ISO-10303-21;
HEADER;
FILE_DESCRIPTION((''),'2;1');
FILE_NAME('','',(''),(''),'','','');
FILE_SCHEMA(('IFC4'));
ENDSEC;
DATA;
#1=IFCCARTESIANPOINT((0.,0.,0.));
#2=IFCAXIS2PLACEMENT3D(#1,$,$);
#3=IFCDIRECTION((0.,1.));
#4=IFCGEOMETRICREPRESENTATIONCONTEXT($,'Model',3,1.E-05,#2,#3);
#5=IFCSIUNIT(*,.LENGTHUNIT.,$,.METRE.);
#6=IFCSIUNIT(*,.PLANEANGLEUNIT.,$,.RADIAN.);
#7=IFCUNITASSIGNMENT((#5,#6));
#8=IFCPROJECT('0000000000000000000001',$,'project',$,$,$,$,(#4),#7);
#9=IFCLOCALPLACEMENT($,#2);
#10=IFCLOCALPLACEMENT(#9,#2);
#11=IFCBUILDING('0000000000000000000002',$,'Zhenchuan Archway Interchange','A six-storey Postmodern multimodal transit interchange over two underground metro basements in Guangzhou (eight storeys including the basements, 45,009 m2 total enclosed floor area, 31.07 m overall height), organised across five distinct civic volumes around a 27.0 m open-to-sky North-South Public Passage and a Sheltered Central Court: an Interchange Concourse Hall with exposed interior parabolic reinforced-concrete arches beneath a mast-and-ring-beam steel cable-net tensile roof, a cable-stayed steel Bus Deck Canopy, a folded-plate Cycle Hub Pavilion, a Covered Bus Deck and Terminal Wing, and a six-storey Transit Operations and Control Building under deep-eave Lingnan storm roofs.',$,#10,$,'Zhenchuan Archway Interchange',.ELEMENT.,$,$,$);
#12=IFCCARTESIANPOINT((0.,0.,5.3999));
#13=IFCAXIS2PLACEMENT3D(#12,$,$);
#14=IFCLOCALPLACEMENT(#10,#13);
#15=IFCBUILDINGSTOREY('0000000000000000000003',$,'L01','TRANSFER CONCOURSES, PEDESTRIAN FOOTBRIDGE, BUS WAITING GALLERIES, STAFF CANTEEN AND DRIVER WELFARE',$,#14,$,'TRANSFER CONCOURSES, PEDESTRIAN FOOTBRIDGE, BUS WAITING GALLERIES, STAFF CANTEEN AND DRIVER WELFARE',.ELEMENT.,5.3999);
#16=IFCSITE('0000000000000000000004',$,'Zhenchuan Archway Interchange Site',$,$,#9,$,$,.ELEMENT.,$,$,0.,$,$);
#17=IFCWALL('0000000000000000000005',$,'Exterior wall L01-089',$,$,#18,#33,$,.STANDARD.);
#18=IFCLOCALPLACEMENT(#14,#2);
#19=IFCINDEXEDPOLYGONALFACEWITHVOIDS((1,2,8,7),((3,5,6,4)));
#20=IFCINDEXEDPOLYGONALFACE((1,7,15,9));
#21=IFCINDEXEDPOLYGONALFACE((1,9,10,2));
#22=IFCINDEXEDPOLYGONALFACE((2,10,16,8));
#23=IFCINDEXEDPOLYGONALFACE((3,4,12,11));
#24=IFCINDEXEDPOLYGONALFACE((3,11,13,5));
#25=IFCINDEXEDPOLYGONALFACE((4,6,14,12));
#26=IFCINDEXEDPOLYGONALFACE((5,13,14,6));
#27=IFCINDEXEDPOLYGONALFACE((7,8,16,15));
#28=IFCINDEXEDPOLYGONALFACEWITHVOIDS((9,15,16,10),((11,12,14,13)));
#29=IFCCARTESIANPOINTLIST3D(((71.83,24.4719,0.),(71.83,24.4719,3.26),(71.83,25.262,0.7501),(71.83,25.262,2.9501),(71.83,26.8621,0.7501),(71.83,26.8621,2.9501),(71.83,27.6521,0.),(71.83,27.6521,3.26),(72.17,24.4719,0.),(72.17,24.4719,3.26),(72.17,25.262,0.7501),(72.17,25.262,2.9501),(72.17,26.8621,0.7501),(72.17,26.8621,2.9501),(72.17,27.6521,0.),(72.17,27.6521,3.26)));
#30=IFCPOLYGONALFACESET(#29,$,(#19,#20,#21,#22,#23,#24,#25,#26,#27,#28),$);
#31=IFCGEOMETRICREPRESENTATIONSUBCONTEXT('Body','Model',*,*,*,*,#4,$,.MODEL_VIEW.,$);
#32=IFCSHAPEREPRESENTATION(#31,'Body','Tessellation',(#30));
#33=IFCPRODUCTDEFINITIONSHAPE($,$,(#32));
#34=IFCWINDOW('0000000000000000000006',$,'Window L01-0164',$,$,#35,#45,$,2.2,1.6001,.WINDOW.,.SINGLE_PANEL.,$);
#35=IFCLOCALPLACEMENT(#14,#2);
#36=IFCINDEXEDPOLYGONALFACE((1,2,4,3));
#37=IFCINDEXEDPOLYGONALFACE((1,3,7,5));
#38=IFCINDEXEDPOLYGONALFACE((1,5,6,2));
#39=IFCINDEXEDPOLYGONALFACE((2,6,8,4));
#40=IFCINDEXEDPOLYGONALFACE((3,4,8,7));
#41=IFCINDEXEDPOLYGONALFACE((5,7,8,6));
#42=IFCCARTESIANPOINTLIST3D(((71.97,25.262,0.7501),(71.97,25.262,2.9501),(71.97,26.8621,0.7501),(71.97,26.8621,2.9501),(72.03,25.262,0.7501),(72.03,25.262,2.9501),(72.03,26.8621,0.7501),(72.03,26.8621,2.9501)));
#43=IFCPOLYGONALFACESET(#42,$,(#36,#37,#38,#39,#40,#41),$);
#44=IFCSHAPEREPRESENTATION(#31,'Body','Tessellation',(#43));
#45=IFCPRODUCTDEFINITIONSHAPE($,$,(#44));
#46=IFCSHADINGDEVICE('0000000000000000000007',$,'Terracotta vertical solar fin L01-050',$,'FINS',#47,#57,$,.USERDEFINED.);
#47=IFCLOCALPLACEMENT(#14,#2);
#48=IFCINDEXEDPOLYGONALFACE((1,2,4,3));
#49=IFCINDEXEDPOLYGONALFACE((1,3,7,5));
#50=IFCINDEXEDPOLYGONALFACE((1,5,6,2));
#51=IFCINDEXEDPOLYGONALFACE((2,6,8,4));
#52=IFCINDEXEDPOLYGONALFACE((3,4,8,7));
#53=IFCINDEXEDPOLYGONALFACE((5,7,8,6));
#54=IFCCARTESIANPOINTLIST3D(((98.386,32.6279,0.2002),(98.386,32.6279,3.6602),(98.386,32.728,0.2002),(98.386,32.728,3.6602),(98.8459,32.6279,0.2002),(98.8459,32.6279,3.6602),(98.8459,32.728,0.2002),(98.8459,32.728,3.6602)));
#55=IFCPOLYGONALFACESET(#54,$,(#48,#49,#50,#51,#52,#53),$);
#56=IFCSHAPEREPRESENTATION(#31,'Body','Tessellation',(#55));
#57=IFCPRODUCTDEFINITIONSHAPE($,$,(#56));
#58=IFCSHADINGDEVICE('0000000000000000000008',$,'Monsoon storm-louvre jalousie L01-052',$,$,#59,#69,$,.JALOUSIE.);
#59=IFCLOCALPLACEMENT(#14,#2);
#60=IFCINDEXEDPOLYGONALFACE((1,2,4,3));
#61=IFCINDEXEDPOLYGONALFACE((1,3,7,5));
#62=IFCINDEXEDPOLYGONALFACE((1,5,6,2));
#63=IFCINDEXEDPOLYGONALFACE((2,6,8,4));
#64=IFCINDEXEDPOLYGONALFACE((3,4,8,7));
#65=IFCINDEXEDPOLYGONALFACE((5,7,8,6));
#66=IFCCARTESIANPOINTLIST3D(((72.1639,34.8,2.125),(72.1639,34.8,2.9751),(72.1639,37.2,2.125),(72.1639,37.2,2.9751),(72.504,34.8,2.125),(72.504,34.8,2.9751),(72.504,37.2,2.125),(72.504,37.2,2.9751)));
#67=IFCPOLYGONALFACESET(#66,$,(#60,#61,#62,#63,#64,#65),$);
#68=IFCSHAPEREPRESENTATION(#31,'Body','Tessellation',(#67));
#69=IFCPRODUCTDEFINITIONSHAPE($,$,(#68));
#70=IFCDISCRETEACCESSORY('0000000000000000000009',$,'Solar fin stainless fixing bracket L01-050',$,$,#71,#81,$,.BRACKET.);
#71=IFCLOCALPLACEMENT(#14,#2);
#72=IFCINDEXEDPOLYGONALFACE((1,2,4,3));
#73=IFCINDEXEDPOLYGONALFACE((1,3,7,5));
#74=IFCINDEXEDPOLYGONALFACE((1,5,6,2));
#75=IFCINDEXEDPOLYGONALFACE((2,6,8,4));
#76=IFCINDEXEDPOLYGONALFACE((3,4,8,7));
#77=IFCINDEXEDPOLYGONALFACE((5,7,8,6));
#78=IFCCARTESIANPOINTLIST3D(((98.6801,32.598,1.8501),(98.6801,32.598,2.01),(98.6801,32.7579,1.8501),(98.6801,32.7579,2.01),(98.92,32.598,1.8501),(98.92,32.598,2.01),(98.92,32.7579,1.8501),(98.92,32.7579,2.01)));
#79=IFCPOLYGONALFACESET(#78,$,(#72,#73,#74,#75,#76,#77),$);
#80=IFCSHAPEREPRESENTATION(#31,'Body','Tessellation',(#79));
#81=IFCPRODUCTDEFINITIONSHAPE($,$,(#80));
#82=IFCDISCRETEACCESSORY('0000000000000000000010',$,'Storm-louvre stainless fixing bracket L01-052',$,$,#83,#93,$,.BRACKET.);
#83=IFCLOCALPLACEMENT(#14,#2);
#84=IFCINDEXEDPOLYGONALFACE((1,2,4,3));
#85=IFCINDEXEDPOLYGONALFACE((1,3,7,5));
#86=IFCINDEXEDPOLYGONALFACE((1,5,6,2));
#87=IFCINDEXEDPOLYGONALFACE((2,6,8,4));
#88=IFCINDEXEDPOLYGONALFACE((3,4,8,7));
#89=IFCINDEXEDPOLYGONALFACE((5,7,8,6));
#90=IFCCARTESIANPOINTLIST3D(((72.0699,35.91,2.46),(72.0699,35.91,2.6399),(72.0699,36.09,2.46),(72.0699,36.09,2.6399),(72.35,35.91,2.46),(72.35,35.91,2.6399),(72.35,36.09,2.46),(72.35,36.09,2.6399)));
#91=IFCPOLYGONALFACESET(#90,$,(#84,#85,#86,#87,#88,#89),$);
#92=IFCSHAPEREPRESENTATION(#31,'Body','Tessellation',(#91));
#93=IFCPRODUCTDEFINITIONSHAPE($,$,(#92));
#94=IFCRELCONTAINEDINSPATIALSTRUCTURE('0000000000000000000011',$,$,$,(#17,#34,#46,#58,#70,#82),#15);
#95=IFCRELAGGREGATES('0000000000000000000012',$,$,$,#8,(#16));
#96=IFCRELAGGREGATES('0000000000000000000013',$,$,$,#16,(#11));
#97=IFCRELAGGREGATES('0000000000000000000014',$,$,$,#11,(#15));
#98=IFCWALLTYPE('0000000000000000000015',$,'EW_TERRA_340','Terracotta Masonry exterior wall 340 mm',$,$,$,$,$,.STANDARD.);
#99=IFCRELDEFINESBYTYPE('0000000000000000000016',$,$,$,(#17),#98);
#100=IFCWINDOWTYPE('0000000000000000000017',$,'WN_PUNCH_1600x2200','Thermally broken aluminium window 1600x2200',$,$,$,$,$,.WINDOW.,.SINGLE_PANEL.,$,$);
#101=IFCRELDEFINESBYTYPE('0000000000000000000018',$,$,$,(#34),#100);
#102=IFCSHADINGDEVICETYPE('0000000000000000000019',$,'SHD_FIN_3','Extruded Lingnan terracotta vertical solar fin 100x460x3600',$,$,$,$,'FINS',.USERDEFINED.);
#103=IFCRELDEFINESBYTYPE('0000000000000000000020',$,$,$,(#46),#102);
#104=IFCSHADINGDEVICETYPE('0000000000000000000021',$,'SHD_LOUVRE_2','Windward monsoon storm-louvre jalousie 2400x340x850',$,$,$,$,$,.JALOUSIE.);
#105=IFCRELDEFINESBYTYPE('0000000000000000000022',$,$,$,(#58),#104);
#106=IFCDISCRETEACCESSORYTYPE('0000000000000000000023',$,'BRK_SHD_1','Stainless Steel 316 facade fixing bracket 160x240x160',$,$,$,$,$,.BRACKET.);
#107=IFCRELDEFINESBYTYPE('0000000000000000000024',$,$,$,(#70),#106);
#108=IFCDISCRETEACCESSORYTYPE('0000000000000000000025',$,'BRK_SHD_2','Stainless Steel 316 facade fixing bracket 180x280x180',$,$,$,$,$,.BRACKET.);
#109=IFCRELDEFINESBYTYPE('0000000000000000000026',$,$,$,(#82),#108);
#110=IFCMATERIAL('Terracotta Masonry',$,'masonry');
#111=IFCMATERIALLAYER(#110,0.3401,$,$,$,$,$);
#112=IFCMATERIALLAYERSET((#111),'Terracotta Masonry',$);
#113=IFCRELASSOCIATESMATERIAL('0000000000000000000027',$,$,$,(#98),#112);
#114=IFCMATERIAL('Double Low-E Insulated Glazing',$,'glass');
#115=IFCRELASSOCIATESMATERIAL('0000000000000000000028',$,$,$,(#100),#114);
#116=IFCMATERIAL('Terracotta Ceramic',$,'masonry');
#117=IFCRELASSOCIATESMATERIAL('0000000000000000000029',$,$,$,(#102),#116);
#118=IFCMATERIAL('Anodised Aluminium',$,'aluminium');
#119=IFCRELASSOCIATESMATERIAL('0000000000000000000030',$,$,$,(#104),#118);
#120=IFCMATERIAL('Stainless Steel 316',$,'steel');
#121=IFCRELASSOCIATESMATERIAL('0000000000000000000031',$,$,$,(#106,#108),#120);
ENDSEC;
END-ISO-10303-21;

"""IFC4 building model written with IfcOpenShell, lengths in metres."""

from ifc_helpers import new_model, si_unit, direction, frame, frame_2d, origin, origin_2d, place, context, subcontext, project, spatial, rectangle, extrude, material, layer, layer_set, type_object, element, fill, save


model = new_model("IFC4")

# Units and contexts
model_context = context("Model", 3, precision=1e-05, world=origin(), true_north=direction((0.0, 1.0)))
body_context = subcontext(model_context, "Body", "Model", "MODEL_VIEW")
ifc_project = project(units=[si_unit("LENGTHUNIT", "METRE"), si_unit("PLANEANGLEUNIT", "RADIAN")], contexts=[model_context])

# Site, building, storey
site_placement = place(None, origin())
site = spatial("IfcSite", under=ifc_project, at=site_placement, Name="Zhenchuan Archway Interchange Site", CompositionType="ELEMENT", RefElevation=0.0)
building_placement = place(site_placement, origin())
building = spatial("IfcBuilding", under=site, at=building_placement, Name="Zhenchuan Archway Interchange", Description="A six-storey Postmodern multimodal transit interchange over two underground metro basements in Guangzhou (eight storeys including the basements, 45,009 m2 total enclosed floor area, 31.07 m overall height), organised across five distinct civic volumes around a 27.0 m open-to-sky North-South Public Passage and a Sheltered Central Court: an Interchange Concourse Hall with exposed interior parabolic reinforced-concrete arches beneath a mast-and-ring-beam steel cable-net tensile roof, a cable-stayed steel Bus Deck Canopy, a folded-plate Cycle Hub Pavilion, a Covered Bus Deck and Terminal Wing, and a six-storey Transit Operations and Control Building under deep-eave Lingnan storm roofs.", LongName="Zhenchuan Archway Interchange", CompositionType="ELEMENT")
storey_placement = place(building_placement, frame((0.0, 0.0, 5.3999)))
storey = spatial("IfcBuildingStorey", under=building, at=storey_placement, Name="L01", Description="TRANSFER CONCOURSES, PEDESTRIAN FOOTBRIDGE, BUS WAITING GALLERIES, STAFF CANTEEN AND DRIVER WELFARE", LongName="TRANSFER CONCOURSES, PEDESTRIAN FOOTBRIDGE, BUS WAITING GALLERIES, STAFF CANTEEN AND DRIVER WELFARE", CompositionType="ELEMENT", Elevation=5.3999)

# Shared definitions
ifc_material_1 = material(Name="Anodised Aluminium", Category="aluminium")

# Shared definitions
ifc_material_2 = material(Name="Double Low-E Insulated Glazing", Category="glass")

# Shared definitions
ifc_material_3 = material(Name="Terracotta Masonry", Category="masonry")
ifc_layer_1 = layer(ifc_material_3, 0.3401)
ifc_layer_set_1 = layer_set([ifc_layer_1], Name="Terracotta Masonry")
wall_type_1 = type_object("IfcWallType", Name="EW_TERRA_340", Description="Terracotta Masonry exterior wall 340 mm", PredefinedType="STANDARD", material=ifc_layer_set_1)

# Wall, opening, window
wall_1_placement = place(storey_placement, frame((72.0, 27.6521, 0.0), z_axis=(0.0, 0.0, 1.0), x_axis=(0.0, -1.0, 0.0)))
wall_1 = element("IfcWall", 1, at=wall_1_placement, inside=storey, type_object=wall_type_1, Name="Exterior wall L01-089", PredefinedType="STANDARD", context=body_context, shape_type="SweptSolid", body=[
    extrude(rectangle(XDim=3.1802, YDim=0.3401, at=frame_2d((1.5901, 0.0))), origin(), (0.0, 0.0, 1.0), 3.26),
])
opening_1_placement = place(wall_1_placement, frame((0.79, 0.0, 0.75)))
opening_1 = element("IfcOpeningElement", 2, at=opening_1_placement, cuts=wall_1, PredefinedType="OPENING", context=body_context, shape_type="SweptSolid", body=[
    extrude(rectangle(XDim=1.6001, YDim=2.2, at=frame_2d((0.8, 1.1001))), frame((0.0, 0.1821, 0.0), z_axis=(0.0, -1.0, 0.0), x_axis=(1.0, 0.0, 0.0)), (0.0, 0.0, 1.0), 0.364),
])
window_type_1 = type_object("IfcWindowType", Name="WN_PUNCH_1600x2200", Description="Thermally broken aluminium window 1600x2200", PartitioningType="SINGLE_PANEL", PredefinedType="WINDOW", material=ifc_material_2)
window_1_placement = place(opening_1_placement, origin())
window_1 = element("IfcWindow", 3, at=window_1_placement, inside=storey, type_object=window_type_1, Name="Window L01-0164", OverallHeight=2.2, OverallWidth=1.6001, PartitioningType="SINGLE_PANEL", PredefinedType="WINDOW", context=body_context, shape_type="SweptSolid", body=[
    extrude(rectangle(XDim=1.6001, YDim=2.2, at=frame_2d((0.8, 1.1001))), frame((0.0, 0.03, 0.0), z_axis=(0.0, -1.0, 0.0), x_axis=(1.0, 0.0, 0.0)), (0.0, 0.0, 1.0), 0.0601),
])
fill(opening_1, window_1)

# Shading devices
ifc_material_4 = material(Name="Terracotta Ceramic", Category="masonry")
shading_device_type_1 = type_object("IfcShadingDeviceType", Name="SHD_FIN_3", Description="Extruded Lingnan terracotta vertical solar fin 100x460x3600", ElementType="FINS", PredefinedType="USERDEFINED", material=ifc_material_4)
shading_device_1_placement = place(storey_placement, frame((98.616, 32.678, 0.2002), z_axis=(0.0, 0.0, 1.0), x_axis=(0.0, 1.0, 0.0)))
element("IfcShadingDevice", 4, at=shading_device_1_placement, inside=storey, type_object=shading_device_type_1, Name="Terracotta vertical solar fin L01-050", ObjectType="FINS", PredefinedType="USERDEFINED", context=body_context, shape_type="SweptSolid", body=[
    extrude(rectangle(XDim=0.1001, YDim=0.46, at=origin_2d()), origin(), (0.0, 0.0, 1.0), 3.46),
])
shading_device_type_2 = type_object("IfcShadingDeviceType", Name="SHD_LOUVRE_2", Description="Windward monsoon storm-louvre jalousie 2400x340x850", PredefinedType="JALOUSIE", material=ifc_material_1)
shading_device_2_placement = place(storey_placement, frame((72.334, 36.0, 2.125), z_axis=(0.0, 0.0, 1.0), x_axis=(0.0, -1.0, 0.0)))
element("IfcShadingDevice", 5, at=shading_device_2_placement, inside=storey, type_object=shading_device_type_2, Name="Monsoon storm-louvre jalousie L01-052", PredefinedType="JALOUSIE", context=body_context, shape_type="SweptSolid", body=[
    extrude(rectangle(XDim=2.3999, YDim=0.3401, at=origin_2d()), origin(), (0.0, 0.0, 1.0), 0.8501),
])

# Discrete accessories
ifc_material_5 = material(Name="Stainless Steel 316", Category="steel")
discrete_accessory_type_1 = type_object("IfcDiscreteAccessoryType", Name="BRK_SHD_1", Description="Stainless Steel 316 facade fixing bracket 160x240x160", PredefinedType="BRACKET", material=ifc_material_5)
discrete_accessory_1_placement = place(storey_placement, frame((98.8, 32.678, 1.8501), z_axis=(0.0, 0.0, 1.0), x_axis=(0.0, 1.0, 0.0)))
element("IfcDiscreteAccessory", 6, at=discrete_accessory_1_placement, inside=storey, type_object=discrete_accessory_type_1, Name="Solar fin stainless fixing bracket L01-050", PredefinedType="BRACKET", context=body_context, shape_type="SweptSolid", body=[
    extrude(rectangle(XDim=0.1599, YDim=0.24, at=origin_2d()), origin(), (0.0, 0.0, 1.0), 0.1599),
])
discrete_accessory_type_2 = type_object("IfcDiscreteAccessoryType", Name="BRK_SHD_2", Description="Stainless Steel 316 facade fixing bracket 180x280x180", PredefinedType="BRACKET", material=ifc_material_5)
discrete_accessory_2_placement = place(storey_placement, frame((72.21, 36.0, 2.46), z_axis=(0.0, 0.0, 1.0), x_axis=(0.0, -1.0, 0.0)))
element("IfcDiscreteAccessory", 7, at=discrete_accessory_2_placement, inside=storey, type_object=discrete_accessory_type_2, Name="Storm-louvre stainless fixing bracket L01-052", PredefinedType="BRACKET", context=body_context, shape_type="SweptSolid", body=[
    extrude(rectangle(XDim=0.1799, YDim=0.28, at=origin_2d()), origin(), (0.0, 0.0, 1.0), 0.1799),
])

save(model, "model.ifc")
